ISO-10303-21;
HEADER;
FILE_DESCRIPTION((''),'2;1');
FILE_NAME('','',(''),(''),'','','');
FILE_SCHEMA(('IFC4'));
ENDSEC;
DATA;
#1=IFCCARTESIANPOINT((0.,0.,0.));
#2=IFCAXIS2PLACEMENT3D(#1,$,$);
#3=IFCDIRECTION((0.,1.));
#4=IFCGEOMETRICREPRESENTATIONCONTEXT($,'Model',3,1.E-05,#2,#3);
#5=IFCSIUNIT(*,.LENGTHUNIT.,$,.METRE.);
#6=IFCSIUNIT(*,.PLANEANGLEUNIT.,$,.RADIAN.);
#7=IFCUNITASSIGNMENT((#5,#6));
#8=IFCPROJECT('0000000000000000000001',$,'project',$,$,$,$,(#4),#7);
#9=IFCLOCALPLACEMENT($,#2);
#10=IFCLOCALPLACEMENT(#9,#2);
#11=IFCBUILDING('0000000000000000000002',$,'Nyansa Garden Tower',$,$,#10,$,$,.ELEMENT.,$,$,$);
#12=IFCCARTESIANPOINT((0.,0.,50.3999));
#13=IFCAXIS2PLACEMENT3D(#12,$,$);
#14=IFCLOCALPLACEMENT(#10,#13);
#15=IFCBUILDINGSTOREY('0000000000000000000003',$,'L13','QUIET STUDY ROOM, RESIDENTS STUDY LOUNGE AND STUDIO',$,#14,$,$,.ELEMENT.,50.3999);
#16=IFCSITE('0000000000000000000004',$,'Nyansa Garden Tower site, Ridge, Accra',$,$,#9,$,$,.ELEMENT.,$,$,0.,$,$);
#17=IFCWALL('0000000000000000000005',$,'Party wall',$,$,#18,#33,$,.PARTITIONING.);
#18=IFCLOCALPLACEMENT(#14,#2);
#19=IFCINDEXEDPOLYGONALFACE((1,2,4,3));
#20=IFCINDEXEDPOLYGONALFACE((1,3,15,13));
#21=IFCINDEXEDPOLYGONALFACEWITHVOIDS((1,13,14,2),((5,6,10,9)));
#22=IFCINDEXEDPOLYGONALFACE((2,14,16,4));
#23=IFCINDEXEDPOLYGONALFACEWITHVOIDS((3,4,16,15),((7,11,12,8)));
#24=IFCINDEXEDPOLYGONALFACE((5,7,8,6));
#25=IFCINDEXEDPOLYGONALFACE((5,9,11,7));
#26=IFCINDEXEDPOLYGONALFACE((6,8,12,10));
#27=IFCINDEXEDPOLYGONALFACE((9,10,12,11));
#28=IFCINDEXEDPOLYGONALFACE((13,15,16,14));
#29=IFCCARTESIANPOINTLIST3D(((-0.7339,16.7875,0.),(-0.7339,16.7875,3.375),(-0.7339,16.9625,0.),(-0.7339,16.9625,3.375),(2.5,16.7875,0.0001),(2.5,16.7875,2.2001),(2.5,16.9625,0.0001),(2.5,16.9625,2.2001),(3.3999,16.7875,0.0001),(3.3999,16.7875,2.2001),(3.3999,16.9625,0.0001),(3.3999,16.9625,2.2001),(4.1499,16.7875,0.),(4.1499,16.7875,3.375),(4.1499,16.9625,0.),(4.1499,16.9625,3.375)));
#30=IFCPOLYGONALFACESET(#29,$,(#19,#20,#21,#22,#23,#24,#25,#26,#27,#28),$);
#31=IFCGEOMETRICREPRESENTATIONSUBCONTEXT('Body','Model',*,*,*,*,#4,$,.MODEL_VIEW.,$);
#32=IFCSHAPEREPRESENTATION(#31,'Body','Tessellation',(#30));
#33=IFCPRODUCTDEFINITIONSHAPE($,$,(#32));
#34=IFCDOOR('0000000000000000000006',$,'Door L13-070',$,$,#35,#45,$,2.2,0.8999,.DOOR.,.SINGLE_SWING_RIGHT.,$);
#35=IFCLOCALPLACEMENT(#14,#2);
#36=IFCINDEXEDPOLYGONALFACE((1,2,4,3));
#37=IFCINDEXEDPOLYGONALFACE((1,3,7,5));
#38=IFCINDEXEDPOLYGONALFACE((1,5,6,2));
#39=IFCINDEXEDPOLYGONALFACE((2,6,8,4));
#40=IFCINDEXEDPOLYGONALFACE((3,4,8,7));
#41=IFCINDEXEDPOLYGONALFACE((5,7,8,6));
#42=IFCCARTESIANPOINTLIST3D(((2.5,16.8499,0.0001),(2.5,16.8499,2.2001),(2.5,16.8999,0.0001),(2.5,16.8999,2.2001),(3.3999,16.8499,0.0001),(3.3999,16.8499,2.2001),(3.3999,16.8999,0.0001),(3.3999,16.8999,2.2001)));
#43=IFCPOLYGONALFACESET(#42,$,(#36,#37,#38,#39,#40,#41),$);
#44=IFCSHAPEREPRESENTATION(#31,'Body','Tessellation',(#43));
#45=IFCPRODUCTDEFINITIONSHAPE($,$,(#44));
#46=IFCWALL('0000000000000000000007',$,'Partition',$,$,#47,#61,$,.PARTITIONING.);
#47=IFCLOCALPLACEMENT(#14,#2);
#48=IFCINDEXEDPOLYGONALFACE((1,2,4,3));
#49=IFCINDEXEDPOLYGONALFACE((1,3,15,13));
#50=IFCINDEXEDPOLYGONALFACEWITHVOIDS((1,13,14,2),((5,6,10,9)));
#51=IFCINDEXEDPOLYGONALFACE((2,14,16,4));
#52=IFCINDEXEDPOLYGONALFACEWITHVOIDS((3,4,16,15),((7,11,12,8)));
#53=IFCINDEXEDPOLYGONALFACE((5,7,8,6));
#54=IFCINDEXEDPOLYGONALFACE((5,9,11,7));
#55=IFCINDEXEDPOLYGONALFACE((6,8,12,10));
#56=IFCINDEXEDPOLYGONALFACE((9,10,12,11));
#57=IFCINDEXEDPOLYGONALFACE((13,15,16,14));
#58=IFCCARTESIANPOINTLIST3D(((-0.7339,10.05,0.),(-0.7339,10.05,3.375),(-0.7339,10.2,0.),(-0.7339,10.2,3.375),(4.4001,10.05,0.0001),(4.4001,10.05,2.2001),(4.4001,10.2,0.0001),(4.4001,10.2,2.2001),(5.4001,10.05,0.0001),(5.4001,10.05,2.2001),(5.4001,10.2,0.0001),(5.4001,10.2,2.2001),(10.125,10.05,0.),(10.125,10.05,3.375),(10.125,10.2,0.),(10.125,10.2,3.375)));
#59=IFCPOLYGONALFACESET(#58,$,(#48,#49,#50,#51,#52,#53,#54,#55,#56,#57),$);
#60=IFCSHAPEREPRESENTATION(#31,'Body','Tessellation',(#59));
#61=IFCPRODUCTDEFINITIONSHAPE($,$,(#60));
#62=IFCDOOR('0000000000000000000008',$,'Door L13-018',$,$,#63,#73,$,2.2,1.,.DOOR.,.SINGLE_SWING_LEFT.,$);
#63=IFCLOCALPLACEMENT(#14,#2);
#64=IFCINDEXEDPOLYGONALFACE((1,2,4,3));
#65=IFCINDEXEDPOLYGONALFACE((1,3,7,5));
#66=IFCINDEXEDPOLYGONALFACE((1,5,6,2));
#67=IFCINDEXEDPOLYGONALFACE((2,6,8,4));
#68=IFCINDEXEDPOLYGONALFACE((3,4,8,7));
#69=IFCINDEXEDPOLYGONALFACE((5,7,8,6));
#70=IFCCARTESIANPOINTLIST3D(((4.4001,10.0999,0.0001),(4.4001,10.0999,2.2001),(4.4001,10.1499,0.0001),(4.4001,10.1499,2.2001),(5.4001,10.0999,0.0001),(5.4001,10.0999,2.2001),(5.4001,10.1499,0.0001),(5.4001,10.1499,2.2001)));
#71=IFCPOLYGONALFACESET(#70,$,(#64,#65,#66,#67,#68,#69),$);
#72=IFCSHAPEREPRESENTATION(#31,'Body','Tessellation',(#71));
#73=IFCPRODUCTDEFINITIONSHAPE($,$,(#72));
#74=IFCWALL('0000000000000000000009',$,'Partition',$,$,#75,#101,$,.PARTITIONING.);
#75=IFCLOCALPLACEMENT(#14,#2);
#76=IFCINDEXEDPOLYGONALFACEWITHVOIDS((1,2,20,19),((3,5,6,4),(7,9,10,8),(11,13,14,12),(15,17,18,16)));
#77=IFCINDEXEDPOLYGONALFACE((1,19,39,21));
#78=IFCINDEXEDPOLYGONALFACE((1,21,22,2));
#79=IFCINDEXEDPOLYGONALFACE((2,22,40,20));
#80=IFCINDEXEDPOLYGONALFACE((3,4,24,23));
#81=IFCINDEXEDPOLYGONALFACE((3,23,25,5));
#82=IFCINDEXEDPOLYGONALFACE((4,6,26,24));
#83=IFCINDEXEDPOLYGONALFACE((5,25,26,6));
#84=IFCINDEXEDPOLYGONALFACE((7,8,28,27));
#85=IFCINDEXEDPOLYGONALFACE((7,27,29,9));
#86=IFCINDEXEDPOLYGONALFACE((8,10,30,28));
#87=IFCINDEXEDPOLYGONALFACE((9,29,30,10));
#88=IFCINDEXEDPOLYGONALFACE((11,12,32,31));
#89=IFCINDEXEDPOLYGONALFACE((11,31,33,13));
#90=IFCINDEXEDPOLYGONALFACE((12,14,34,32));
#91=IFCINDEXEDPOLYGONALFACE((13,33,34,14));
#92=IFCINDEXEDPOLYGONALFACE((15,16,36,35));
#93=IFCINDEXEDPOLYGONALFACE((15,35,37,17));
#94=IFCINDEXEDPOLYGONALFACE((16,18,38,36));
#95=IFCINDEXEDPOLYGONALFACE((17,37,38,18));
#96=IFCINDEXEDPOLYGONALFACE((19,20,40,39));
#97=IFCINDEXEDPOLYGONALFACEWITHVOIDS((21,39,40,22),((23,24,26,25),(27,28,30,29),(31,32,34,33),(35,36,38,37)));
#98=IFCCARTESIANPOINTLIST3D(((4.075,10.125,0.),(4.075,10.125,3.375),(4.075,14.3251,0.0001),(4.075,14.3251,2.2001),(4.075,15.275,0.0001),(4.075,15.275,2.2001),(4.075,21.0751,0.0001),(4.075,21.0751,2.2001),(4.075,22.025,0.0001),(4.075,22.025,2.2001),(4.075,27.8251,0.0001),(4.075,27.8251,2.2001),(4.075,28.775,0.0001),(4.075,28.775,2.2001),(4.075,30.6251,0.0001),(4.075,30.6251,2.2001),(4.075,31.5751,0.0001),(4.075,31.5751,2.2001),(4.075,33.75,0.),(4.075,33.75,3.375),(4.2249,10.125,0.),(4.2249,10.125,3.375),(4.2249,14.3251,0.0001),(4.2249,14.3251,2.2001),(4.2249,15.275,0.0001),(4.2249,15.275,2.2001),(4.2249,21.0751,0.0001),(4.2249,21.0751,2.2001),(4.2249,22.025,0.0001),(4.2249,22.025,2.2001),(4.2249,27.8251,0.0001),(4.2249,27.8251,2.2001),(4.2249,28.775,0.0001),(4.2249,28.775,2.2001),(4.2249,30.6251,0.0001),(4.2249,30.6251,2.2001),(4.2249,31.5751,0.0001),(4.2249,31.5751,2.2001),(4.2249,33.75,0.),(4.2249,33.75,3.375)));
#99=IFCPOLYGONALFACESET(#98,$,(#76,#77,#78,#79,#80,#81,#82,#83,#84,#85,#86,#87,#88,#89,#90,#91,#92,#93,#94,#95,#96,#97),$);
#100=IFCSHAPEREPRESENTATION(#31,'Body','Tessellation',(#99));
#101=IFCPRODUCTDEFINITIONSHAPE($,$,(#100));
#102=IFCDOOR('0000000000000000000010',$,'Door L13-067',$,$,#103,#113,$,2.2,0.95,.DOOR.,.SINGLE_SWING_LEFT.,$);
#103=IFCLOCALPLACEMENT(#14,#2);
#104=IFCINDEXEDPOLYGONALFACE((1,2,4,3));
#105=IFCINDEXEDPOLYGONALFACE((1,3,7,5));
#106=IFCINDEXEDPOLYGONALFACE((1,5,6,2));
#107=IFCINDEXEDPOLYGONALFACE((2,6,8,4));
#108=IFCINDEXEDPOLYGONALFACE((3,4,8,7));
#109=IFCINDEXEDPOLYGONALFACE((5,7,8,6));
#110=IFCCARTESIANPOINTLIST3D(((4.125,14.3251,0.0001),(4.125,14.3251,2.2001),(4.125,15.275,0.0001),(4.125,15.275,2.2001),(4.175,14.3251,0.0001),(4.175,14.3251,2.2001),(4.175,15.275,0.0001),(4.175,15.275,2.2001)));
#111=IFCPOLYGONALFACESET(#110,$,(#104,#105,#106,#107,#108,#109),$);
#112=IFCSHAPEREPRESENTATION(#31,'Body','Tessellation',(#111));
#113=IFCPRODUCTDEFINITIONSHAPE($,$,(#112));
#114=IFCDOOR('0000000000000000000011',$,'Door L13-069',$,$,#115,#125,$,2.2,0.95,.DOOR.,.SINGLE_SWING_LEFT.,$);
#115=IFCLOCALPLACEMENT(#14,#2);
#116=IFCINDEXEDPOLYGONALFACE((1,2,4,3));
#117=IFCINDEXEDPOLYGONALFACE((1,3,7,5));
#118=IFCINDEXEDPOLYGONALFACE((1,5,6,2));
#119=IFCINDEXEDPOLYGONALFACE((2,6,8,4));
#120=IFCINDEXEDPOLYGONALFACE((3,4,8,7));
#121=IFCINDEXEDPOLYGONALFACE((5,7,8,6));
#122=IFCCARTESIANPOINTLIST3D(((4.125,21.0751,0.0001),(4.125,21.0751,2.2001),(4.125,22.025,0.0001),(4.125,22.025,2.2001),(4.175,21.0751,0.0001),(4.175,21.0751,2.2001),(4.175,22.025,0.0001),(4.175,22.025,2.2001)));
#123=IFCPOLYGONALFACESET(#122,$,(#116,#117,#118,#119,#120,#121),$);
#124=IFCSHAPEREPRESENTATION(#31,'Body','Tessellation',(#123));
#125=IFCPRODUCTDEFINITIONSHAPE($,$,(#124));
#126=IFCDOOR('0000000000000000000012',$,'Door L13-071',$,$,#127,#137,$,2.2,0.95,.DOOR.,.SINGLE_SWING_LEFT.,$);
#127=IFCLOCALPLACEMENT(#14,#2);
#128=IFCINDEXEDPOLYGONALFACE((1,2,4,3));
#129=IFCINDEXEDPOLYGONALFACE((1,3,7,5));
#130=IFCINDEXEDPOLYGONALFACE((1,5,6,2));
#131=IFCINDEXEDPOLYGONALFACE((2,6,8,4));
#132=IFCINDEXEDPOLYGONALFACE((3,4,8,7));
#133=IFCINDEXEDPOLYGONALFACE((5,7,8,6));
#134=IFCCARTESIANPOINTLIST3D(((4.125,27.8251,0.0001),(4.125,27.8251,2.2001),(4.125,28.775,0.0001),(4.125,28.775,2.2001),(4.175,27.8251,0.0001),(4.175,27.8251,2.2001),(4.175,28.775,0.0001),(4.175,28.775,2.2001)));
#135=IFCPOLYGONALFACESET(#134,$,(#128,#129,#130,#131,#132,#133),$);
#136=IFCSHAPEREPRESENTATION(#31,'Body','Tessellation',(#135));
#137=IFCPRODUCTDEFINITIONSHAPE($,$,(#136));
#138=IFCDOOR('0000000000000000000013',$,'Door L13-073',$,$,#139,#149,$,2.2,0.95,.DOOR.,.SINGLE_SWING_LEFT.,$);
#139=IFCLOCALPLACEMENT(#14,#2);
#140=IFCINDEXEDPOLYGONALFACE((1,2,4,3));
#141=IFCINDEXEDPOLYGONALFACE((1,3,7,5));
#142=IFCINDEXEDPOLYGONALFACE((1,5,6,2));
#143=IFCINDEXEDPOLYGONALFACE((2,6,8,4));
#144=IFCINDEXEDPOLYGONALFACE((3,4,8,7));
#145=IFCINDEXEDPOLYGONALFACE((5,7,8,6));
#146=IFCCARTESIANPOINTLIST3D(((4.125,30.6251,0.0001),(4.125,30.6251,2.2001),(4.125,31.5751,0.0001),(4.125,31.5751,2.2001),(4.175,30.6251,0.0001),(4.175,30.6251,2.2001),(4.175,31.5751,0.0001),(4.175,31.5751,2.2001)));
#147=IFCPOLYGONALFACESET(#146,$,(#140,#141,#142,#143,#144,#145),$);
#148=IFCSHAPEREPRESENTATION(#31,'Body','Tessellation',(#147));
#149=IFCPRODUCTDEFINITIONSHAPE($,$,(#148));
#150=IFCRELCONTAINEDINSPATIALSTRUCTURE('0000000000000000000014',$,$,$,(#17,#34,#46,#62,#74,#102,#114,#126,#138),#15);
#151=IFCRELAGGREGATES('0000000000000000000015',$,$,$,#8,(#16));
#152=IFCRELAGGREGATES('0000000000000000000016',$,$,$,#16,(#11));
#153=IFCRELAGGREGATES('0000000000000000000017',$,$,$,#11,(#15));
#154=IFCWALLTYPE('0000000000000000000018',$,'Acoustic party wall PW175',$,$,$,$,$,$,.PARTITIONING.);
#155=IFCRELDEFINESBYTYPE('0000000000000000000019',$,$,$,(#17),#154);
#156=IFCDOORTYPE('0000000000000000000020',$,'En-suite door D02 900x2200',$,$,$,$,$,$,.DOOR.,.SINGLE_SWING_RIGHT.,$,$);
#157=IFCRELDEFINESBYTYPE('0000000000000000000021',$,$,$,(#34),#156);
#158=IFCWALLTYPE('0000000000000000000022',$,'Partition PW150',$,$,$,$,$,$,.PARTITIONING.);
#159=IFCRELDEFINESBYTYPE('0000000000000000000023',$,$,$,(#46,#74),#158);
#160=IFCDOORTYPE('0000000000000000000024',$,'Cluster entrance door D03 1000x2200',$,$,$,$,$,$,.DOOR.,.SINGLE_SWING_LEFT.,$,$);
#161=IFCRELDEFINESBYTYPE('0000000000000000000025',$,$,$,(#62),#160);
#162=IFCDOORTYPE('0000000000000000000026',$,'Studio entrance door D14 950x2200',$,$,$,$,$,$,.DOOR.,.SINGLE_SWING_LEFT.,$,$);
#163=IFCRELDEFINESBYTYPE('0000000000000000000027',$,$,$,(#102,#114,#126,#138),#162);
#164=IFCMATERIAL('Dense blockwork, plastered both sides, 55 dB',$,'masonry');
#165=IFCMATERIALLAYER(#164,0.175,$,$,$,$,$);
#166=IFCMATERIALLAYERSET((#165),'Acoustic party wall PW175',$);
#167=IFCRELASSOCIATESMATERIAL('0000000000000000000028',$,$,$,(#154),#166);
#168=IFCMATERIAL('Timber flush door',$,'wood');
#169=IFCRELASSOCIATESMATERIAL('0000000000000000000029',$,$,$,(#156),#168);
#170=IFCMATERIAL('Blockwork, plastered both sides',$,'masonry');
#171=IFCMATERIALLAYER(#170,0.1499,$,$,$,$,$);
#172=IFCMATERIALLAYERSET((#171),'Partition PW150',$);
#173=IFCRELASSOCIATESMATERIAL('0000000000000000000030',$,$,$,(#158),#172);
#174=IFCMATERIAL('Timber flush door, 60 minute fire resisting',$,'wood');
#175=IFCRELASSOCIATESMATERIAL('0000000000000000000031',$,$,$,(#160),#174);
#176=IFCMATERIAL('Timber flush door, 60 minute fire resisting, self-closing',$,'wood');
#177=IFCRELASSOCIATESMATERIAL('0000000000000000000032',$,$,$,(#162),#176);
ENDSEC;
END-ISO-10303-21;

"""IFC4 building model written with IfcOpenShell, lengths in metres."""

from ifc_helpers import new_model, si_unit, direction, frame, frame_2d, origin, place, context, subcontext, project, spatial, rectangle, extrude, material, layer, layer_set, type_object, element, fill, save


model = new_model("IFC4")

# Units and contexts
model_context = context("Model", 3, precision=1e-05, world=origin(), true_north=direction((0.0, 1.0)))
body_context = subcontext(model_context, "Body", "Model", "MODEL_VIEW")
ifc_project = project(units=[si_unit("LENGTHUNIT", "METRE"), si_unit("PLANEANGLEUNIT", "RADIAN")], contexts=[model_context])

# Site, building, storey
site_placement = place(None, origin())
site = spatial("IfcSite", under=ifc_project, at=site_placement, Name="Nyansa Garden Tower site, Ridge, Accra", CompositionType="ELEMENT", RefElevation=0.0)
building_placement = place(site_placement, origin())
building = spatial("IfcBuilding", under=site, at=building_placement, Name="Nyansa Garden Tower", CompositionType="ELEMENT")
storey_placement = place(building_placement, frame((0.0, 0.0, 50.3999)))
storey = spatial("IfcBuildingStorey", under=building, at=storey_placement, Name="L13", Description="QUIET STUDY ROOM, RESIDENTS STUDY LOUNGE AND STUDIO", CompositionType="ELEMENT", Elevation=50.3999)

# Walls, openings, doors
ifc_material_1 = material(Name="Dense blockwork, plastered both sides, 55 dB", Category="masonry")
ifc_layer_1 = layer(ifc_material_1, 0.175)
ifc_layer_set_1 = layer_set([ifc_layer_1], Name="Acoustic party wall PW175")
wall_type_1 = type_object("IfcWallType", Name="Acoustic party wall PW175", PredefinedType="PARTITIONING", material=ifc_layer_set_1)
wall_1_placement = place(storey_placement, frame((-0.7339, 16.875, 0.0), z_axis=(0.0, 0.0, 1.0), x_axis=(1.0, 0.0, 0.0)))
wall_1 = element("IfcWall", 1, at=wall_1_placement, inside=storey, type_object=wall_type_1, Name="Party wall", PredefinedType="PARTITIONING", context=body_context, shape_type="SweptSolid", body=[
    extrude(rectangle(XDim=4.8838, YDim=0.175, at=frame_2d((2.4419, 0.0))), origin(), (0.0, 0.0, 1.0), 3.375),
])
opening_1_placement = place(wall_1_placement, frame((3.2339, 0.0, 0.0)))
opening_1 = element("IfcOpeningElement", 2, at=opening_1_placement, cuts=wall_1, PredefinedType="OPENING", context=body_context, shape_type="SweptSolid", body=[
    extrude(rectangle(XDim=0.8999, YDim=2.2, at=frame_2d((0.45, 1.1001))), frame((0.0, 0.0974, 0.0), z_axis=(0.0, -1.0, 0.0), x_axis=(1.0, 0.0, 0.0)), (0.0, 0.0, 1.0), 0.1951),
])
ifc_material_2 = material(Name="Timber flush door", Category="wood")
door_type_1 = type_object("IfcDoorType", Name="En-suite door D02 900x2200", OperationType="SINGLE_SWING_RIGHT", PredefinedType="DOOR", material=ifc_material_2)
door_1_placement = place(opening_1_placement, origin())
door_1 = element("IfcDoor", 3, at=door_1_placement, inside=storey, type_object=door_type_1, Name="Door L13-070", OperationType="SINGLE_SWING_RIGHT", OverallHeight=2.2, OverallWidth=0.8999, PredefinedType="DOOR", context=body_context, shape_type="SweptSolid", body=[
    extrude(rectangle(XDim=0.8999, YDim=2.2, at=frame_2d((0.45, 1.1001))), frame((0.0, 0.0249, 0.0), z_axis=(0.0, -1.0, 0.0), x_axis=(1.0, 0.0, 0.0)), (0.0, 0.0, 1.0), 0.05),
])
fill(opening_1, door_1)
ifc_material_3 = material(Name="Blockwork, plastered both sides", Category="masonry")
ifc_layer_2 = layer(ifc_material_3, 0.1499)
ifc_layer_set_2 = layer_set([ifc_layer_2], Name="Partition PW150")
wall_type_2 = type_object("IfcWallType", Name="Partition PW150", PredefinedType="PARTITIONING", material=ifc_layer_set_2)
wall_2_placement = place(storey_placement, frame((-0.7339, 10.125, 0.0), z_axis=(0.0, 0.0, 1.0), x_axis=(1.0, 0.0, 0.0)))
wall_2 = element("IfcWall", 4, at=wall_2_placement, inside=storey, type_object=wall_type_2, Name="Partition", PredefinedType="PARTITIONING", context=body_context, shape_type="SweptSolid", body=[
    extrude(rectangle(XDim=10.8589, YDim=0.1499, at=frame_2d((5.4294, 0.0))), origin(), (0.0, 0.0, 1.0), 3.375),
])
opening_2_placement = place(wall_2_placement, frame((5.134, 0.0, 0.0)))
opening_2 = element("IfcOpeningElement", 5, at=opening_2_placement, cuts=wall_2, PredefinedType="OPENING", context=body_context, shape_type="SweptSolid", body=[
    extrude(rectangle(XDim=1.0, YDim=2.2, at=frame_2d((0.5, 1.1001))), frame((0.0, 0.085, 0.0), z_axis=(0.0, -1.0, 0.0), x_axis=(1.0, 0.0, 0.0)), (0.0, 0.0, 1.0), 0.1699),
])
ifc_material_4 = material(Name="Timber flush door, 60 minute fire resisting", Category="wood")
door_type_2 = type_object("IfcDoorType", Name="Cluster entrance door D03 1000x2200", OperationType="SINGLE_SWING_LEFT", PredefinedType="DOOR", material=ifc_material_4)
door_2_placement = place(opening_2_placement, origin())
door_2 = element("IfcDoor", 6, at=door_2_placement, inside=storey, type_object=door_type_2, Name="Door L13-018", OperationType="SINGLE_SWING_LEFT", OverallHeight=2.2, OverallWidth=1.0, PredefinedType="DOOR", context=body_context, shape_type="SweptSolid", body=[
    extrude(rectangle(XDim=1.0, YDim=2.2, at=frame_2d((0.5, 1.1001))), frame((0.0, 0.0249, 0.0), z_axis=(0.0, -1.0, 0.0), x_axis=(1.0, 0.0, 0.0)), (0.0, 0.0, 1.0), 0.05),
])
fill(opening_2, door_2)

# Wall, openings, doors
wall_3_placement = place(storey_placement, frame((4.1499, 10.125, 0.0), z_axis=(0.0, 0.0, 1.0), x_axis=(0.0, 1.0, 0.0)))
wall_3 = element("IfcWall", 7, at=wall_3_placement, inside=storey, type_object=wall_type_2, Name="Partition", PredefinedType="PARTITIONING", context=body_context, shape_type="SweptSolid", body=[
    extrude(rectangle(XDim=23.625, YDim=0.1499, at=frame_2d((11.8125, 0.0))), origin(), (0.0, 0.0, 1.0), 3.375),
])
opening_3_placement = place(wall_3_placement, frame((4.2, 0.0, 0.0)))
opening_3 = element("IfcOpeningElement", 8, at=opening_3_placement, cuts=wall_3, PredefinedType="OPENING", context=body_context, shape_type="SweptSolid", body=[
    extrude(rectangle(XDim=0.95, YDim=2.2, at=frame_2d((0.4751, 1.1001))), frame((0.0, 0.085, 0.0), z_axis=(0.0, -1.0, 0.0), x_axis=(1.0, 0.0, 0.0)), (0.0, 0.0, 1.0), 0.1699),
])
opening_4_placement = place(wall_3_placement, frame((10.95, 0.0, 0.0)))
opening_4 = element("IfcOpeningElement", 9, at=opening_4_placement, cuts=wall_3, PredefinedType="OPENING", context=body_context, shape_type="SweptSolid", body=[
    extrude(rectangle(XDim=0.95, YDim=2.2, at=frame_2d((0.4751, 1.1001))), frame((0.0, 0.085, 0.0), z_axis=(0.0, -1.0, 0.0), x_axis=(1.0, 0.0, 0.0)), (0.0, 0.0, 1.0), 0.1699),
])
opening_5_placement = place(wall_3_placement, frame((17.7, 0.0, 0.0)))
opening_5 = element("IfcOpeningElement", 10, at=opening_5_placement, cuts=wall_3, PredefinedType="OPENING", context=body_context, shape_type="SweptSolid", body=[
    extrude(rectangle(XDim=0.95, YDim=2.2, at=frame_2d((0.4751, 1.1001))), frame((0.0, 0.085, 0.0), z_axis=(0.0, -1.0, 0.0), x_axis=(1.0, 0.0, 0.0)), (0.0, 0.0, 1.0), 0.1699),
])
opening_6_placement = place(wall_3_placement, frame((20.5, 0.0, 0.0)))
opening_6 = element("IfcOpeningElement", 11, at=opening_6_placement, cuts=wall_3, PredefinedType="OPENING", context=body_context, shape_type="SweptSolid", body=[
    extrude(rectangle(XDim=0.95, YDim=2.2, at=frame_2d((0.4751, 1.1001))), frame((0.0, 0.085, 0.0), z_axis=(0.0, -1.0, 0.0), x_axis=(1.0, 0.0, 0.0)), (0.0, 0.0, 1.0), 0.1699),
])
ifc_material_5 = material(Name="Timber flush door, 60 minute fire resisting, self-closing", Category="wood")
door_type_3 = type_object("IfcDoorType", Name="Studio entrance door D14 950x2200", OperationType="SINGLE_SWING_LEFT", PredefinedType="DOOR", material=ifc_material_5)
door_3_placement = place(opening_3_placement, origin())
door_3 = element("IfcDoor", 12, at=door_3_placement, inside=storey, type_object=door_type_3, Name="Door L13-067", OperationType="SINGLE_SWING_LEFT", OverallHeight=2.2, OverallWidth=0.95, PredefinedType="DOOR", context=body_context, shape_type="SweptSolid", body=[
    extrude(rectangle(XDim=0.95, YDim=2.2, at=frame_2d((0.4751, 1.1001))), frame((0.0, 0.0249, 0.0), z_axis=(0.0, -1.0, 0.0), x_axis=(1.0, 0.0, 0.0)), (0.0, 0.0, 1.0), 0.05),
])
fill(opening_3, door_3)
door_4_placement = place(opening_4_placement, origin())
door_4 = element("IfcDoor", 13, at=door_4_placement, inside=storey, type_object=door_type_3, Name="Door L13-069", OperationType="SINGLE_SWING_LEFT", OverallHeight=2.2, OverallWidth=0.95, PredefinedType="DOOR", context=body_context, shape_type="SweptSolid", body=[
    extrude(rectangle(XDim=0.95, YDim=2.2, at=frame_2d((0.4751, 1.1001))), frame((0.0, 0.0249, 0.0), z_axis=(0.0, -1.0, 0.0), x_axis=(1.0, 0.0, 0.0)), (0.0, 0.0, 1.0), 0.05),
])
fill(opening_4, door_4)
door_5_placement = place(opening_5_placement, origin())
door_5 = element("IfcDoor", 14, at=door_5_placement, inside=storey, type_object=door_type_3, Name="Door L13-071", OperationType="SINGLE_SWING_LEFT", OverallHeight=2.2, OverallWidth=0.95, PredefinedType="DOOR", context=body_context, shape_type="SweptSolid", body=[
    extrude(rectangle(XDim=0.95, YDim=2.2, at=frame_2d((0.4751, 1.1001))), frame((0.0, 0.0249, 0.0), z_axis=(0.0, -1.0, 0.0), x_axis=(1.0, 0.0, 0.0)), (0.0, 0.0, 1.0), 0.05),
])
fill(opening_5, door_5)
door_6_placement = place(opening_6_placement, origin())
door_6 = element("IfcDoor", 15, at=door_6_placement, inside=storey, type_object=door_type_3, Name="Door L13-073", OperationType="SINGLE_SWING_LEFT", OverallHeight=2.2, OverallWidth=0.95, PredefinedType="DOOR", context=body_context, shape_type="SweptSolid", body=[
    extrude(rectangle(XDim=0.95, YDim=2.2, at=frame_2d((0.4751, 1.1001))), frame((0.0, 0.0249, 0.0), z_axis=(0.0, -1.0, 0.0), x_axis=(1.0, 0.0, 0.0)), (0.0, 0.0, 1.0), 0.05),
])
fill(opening_6, door_6)

save(model, "model.ifc")
